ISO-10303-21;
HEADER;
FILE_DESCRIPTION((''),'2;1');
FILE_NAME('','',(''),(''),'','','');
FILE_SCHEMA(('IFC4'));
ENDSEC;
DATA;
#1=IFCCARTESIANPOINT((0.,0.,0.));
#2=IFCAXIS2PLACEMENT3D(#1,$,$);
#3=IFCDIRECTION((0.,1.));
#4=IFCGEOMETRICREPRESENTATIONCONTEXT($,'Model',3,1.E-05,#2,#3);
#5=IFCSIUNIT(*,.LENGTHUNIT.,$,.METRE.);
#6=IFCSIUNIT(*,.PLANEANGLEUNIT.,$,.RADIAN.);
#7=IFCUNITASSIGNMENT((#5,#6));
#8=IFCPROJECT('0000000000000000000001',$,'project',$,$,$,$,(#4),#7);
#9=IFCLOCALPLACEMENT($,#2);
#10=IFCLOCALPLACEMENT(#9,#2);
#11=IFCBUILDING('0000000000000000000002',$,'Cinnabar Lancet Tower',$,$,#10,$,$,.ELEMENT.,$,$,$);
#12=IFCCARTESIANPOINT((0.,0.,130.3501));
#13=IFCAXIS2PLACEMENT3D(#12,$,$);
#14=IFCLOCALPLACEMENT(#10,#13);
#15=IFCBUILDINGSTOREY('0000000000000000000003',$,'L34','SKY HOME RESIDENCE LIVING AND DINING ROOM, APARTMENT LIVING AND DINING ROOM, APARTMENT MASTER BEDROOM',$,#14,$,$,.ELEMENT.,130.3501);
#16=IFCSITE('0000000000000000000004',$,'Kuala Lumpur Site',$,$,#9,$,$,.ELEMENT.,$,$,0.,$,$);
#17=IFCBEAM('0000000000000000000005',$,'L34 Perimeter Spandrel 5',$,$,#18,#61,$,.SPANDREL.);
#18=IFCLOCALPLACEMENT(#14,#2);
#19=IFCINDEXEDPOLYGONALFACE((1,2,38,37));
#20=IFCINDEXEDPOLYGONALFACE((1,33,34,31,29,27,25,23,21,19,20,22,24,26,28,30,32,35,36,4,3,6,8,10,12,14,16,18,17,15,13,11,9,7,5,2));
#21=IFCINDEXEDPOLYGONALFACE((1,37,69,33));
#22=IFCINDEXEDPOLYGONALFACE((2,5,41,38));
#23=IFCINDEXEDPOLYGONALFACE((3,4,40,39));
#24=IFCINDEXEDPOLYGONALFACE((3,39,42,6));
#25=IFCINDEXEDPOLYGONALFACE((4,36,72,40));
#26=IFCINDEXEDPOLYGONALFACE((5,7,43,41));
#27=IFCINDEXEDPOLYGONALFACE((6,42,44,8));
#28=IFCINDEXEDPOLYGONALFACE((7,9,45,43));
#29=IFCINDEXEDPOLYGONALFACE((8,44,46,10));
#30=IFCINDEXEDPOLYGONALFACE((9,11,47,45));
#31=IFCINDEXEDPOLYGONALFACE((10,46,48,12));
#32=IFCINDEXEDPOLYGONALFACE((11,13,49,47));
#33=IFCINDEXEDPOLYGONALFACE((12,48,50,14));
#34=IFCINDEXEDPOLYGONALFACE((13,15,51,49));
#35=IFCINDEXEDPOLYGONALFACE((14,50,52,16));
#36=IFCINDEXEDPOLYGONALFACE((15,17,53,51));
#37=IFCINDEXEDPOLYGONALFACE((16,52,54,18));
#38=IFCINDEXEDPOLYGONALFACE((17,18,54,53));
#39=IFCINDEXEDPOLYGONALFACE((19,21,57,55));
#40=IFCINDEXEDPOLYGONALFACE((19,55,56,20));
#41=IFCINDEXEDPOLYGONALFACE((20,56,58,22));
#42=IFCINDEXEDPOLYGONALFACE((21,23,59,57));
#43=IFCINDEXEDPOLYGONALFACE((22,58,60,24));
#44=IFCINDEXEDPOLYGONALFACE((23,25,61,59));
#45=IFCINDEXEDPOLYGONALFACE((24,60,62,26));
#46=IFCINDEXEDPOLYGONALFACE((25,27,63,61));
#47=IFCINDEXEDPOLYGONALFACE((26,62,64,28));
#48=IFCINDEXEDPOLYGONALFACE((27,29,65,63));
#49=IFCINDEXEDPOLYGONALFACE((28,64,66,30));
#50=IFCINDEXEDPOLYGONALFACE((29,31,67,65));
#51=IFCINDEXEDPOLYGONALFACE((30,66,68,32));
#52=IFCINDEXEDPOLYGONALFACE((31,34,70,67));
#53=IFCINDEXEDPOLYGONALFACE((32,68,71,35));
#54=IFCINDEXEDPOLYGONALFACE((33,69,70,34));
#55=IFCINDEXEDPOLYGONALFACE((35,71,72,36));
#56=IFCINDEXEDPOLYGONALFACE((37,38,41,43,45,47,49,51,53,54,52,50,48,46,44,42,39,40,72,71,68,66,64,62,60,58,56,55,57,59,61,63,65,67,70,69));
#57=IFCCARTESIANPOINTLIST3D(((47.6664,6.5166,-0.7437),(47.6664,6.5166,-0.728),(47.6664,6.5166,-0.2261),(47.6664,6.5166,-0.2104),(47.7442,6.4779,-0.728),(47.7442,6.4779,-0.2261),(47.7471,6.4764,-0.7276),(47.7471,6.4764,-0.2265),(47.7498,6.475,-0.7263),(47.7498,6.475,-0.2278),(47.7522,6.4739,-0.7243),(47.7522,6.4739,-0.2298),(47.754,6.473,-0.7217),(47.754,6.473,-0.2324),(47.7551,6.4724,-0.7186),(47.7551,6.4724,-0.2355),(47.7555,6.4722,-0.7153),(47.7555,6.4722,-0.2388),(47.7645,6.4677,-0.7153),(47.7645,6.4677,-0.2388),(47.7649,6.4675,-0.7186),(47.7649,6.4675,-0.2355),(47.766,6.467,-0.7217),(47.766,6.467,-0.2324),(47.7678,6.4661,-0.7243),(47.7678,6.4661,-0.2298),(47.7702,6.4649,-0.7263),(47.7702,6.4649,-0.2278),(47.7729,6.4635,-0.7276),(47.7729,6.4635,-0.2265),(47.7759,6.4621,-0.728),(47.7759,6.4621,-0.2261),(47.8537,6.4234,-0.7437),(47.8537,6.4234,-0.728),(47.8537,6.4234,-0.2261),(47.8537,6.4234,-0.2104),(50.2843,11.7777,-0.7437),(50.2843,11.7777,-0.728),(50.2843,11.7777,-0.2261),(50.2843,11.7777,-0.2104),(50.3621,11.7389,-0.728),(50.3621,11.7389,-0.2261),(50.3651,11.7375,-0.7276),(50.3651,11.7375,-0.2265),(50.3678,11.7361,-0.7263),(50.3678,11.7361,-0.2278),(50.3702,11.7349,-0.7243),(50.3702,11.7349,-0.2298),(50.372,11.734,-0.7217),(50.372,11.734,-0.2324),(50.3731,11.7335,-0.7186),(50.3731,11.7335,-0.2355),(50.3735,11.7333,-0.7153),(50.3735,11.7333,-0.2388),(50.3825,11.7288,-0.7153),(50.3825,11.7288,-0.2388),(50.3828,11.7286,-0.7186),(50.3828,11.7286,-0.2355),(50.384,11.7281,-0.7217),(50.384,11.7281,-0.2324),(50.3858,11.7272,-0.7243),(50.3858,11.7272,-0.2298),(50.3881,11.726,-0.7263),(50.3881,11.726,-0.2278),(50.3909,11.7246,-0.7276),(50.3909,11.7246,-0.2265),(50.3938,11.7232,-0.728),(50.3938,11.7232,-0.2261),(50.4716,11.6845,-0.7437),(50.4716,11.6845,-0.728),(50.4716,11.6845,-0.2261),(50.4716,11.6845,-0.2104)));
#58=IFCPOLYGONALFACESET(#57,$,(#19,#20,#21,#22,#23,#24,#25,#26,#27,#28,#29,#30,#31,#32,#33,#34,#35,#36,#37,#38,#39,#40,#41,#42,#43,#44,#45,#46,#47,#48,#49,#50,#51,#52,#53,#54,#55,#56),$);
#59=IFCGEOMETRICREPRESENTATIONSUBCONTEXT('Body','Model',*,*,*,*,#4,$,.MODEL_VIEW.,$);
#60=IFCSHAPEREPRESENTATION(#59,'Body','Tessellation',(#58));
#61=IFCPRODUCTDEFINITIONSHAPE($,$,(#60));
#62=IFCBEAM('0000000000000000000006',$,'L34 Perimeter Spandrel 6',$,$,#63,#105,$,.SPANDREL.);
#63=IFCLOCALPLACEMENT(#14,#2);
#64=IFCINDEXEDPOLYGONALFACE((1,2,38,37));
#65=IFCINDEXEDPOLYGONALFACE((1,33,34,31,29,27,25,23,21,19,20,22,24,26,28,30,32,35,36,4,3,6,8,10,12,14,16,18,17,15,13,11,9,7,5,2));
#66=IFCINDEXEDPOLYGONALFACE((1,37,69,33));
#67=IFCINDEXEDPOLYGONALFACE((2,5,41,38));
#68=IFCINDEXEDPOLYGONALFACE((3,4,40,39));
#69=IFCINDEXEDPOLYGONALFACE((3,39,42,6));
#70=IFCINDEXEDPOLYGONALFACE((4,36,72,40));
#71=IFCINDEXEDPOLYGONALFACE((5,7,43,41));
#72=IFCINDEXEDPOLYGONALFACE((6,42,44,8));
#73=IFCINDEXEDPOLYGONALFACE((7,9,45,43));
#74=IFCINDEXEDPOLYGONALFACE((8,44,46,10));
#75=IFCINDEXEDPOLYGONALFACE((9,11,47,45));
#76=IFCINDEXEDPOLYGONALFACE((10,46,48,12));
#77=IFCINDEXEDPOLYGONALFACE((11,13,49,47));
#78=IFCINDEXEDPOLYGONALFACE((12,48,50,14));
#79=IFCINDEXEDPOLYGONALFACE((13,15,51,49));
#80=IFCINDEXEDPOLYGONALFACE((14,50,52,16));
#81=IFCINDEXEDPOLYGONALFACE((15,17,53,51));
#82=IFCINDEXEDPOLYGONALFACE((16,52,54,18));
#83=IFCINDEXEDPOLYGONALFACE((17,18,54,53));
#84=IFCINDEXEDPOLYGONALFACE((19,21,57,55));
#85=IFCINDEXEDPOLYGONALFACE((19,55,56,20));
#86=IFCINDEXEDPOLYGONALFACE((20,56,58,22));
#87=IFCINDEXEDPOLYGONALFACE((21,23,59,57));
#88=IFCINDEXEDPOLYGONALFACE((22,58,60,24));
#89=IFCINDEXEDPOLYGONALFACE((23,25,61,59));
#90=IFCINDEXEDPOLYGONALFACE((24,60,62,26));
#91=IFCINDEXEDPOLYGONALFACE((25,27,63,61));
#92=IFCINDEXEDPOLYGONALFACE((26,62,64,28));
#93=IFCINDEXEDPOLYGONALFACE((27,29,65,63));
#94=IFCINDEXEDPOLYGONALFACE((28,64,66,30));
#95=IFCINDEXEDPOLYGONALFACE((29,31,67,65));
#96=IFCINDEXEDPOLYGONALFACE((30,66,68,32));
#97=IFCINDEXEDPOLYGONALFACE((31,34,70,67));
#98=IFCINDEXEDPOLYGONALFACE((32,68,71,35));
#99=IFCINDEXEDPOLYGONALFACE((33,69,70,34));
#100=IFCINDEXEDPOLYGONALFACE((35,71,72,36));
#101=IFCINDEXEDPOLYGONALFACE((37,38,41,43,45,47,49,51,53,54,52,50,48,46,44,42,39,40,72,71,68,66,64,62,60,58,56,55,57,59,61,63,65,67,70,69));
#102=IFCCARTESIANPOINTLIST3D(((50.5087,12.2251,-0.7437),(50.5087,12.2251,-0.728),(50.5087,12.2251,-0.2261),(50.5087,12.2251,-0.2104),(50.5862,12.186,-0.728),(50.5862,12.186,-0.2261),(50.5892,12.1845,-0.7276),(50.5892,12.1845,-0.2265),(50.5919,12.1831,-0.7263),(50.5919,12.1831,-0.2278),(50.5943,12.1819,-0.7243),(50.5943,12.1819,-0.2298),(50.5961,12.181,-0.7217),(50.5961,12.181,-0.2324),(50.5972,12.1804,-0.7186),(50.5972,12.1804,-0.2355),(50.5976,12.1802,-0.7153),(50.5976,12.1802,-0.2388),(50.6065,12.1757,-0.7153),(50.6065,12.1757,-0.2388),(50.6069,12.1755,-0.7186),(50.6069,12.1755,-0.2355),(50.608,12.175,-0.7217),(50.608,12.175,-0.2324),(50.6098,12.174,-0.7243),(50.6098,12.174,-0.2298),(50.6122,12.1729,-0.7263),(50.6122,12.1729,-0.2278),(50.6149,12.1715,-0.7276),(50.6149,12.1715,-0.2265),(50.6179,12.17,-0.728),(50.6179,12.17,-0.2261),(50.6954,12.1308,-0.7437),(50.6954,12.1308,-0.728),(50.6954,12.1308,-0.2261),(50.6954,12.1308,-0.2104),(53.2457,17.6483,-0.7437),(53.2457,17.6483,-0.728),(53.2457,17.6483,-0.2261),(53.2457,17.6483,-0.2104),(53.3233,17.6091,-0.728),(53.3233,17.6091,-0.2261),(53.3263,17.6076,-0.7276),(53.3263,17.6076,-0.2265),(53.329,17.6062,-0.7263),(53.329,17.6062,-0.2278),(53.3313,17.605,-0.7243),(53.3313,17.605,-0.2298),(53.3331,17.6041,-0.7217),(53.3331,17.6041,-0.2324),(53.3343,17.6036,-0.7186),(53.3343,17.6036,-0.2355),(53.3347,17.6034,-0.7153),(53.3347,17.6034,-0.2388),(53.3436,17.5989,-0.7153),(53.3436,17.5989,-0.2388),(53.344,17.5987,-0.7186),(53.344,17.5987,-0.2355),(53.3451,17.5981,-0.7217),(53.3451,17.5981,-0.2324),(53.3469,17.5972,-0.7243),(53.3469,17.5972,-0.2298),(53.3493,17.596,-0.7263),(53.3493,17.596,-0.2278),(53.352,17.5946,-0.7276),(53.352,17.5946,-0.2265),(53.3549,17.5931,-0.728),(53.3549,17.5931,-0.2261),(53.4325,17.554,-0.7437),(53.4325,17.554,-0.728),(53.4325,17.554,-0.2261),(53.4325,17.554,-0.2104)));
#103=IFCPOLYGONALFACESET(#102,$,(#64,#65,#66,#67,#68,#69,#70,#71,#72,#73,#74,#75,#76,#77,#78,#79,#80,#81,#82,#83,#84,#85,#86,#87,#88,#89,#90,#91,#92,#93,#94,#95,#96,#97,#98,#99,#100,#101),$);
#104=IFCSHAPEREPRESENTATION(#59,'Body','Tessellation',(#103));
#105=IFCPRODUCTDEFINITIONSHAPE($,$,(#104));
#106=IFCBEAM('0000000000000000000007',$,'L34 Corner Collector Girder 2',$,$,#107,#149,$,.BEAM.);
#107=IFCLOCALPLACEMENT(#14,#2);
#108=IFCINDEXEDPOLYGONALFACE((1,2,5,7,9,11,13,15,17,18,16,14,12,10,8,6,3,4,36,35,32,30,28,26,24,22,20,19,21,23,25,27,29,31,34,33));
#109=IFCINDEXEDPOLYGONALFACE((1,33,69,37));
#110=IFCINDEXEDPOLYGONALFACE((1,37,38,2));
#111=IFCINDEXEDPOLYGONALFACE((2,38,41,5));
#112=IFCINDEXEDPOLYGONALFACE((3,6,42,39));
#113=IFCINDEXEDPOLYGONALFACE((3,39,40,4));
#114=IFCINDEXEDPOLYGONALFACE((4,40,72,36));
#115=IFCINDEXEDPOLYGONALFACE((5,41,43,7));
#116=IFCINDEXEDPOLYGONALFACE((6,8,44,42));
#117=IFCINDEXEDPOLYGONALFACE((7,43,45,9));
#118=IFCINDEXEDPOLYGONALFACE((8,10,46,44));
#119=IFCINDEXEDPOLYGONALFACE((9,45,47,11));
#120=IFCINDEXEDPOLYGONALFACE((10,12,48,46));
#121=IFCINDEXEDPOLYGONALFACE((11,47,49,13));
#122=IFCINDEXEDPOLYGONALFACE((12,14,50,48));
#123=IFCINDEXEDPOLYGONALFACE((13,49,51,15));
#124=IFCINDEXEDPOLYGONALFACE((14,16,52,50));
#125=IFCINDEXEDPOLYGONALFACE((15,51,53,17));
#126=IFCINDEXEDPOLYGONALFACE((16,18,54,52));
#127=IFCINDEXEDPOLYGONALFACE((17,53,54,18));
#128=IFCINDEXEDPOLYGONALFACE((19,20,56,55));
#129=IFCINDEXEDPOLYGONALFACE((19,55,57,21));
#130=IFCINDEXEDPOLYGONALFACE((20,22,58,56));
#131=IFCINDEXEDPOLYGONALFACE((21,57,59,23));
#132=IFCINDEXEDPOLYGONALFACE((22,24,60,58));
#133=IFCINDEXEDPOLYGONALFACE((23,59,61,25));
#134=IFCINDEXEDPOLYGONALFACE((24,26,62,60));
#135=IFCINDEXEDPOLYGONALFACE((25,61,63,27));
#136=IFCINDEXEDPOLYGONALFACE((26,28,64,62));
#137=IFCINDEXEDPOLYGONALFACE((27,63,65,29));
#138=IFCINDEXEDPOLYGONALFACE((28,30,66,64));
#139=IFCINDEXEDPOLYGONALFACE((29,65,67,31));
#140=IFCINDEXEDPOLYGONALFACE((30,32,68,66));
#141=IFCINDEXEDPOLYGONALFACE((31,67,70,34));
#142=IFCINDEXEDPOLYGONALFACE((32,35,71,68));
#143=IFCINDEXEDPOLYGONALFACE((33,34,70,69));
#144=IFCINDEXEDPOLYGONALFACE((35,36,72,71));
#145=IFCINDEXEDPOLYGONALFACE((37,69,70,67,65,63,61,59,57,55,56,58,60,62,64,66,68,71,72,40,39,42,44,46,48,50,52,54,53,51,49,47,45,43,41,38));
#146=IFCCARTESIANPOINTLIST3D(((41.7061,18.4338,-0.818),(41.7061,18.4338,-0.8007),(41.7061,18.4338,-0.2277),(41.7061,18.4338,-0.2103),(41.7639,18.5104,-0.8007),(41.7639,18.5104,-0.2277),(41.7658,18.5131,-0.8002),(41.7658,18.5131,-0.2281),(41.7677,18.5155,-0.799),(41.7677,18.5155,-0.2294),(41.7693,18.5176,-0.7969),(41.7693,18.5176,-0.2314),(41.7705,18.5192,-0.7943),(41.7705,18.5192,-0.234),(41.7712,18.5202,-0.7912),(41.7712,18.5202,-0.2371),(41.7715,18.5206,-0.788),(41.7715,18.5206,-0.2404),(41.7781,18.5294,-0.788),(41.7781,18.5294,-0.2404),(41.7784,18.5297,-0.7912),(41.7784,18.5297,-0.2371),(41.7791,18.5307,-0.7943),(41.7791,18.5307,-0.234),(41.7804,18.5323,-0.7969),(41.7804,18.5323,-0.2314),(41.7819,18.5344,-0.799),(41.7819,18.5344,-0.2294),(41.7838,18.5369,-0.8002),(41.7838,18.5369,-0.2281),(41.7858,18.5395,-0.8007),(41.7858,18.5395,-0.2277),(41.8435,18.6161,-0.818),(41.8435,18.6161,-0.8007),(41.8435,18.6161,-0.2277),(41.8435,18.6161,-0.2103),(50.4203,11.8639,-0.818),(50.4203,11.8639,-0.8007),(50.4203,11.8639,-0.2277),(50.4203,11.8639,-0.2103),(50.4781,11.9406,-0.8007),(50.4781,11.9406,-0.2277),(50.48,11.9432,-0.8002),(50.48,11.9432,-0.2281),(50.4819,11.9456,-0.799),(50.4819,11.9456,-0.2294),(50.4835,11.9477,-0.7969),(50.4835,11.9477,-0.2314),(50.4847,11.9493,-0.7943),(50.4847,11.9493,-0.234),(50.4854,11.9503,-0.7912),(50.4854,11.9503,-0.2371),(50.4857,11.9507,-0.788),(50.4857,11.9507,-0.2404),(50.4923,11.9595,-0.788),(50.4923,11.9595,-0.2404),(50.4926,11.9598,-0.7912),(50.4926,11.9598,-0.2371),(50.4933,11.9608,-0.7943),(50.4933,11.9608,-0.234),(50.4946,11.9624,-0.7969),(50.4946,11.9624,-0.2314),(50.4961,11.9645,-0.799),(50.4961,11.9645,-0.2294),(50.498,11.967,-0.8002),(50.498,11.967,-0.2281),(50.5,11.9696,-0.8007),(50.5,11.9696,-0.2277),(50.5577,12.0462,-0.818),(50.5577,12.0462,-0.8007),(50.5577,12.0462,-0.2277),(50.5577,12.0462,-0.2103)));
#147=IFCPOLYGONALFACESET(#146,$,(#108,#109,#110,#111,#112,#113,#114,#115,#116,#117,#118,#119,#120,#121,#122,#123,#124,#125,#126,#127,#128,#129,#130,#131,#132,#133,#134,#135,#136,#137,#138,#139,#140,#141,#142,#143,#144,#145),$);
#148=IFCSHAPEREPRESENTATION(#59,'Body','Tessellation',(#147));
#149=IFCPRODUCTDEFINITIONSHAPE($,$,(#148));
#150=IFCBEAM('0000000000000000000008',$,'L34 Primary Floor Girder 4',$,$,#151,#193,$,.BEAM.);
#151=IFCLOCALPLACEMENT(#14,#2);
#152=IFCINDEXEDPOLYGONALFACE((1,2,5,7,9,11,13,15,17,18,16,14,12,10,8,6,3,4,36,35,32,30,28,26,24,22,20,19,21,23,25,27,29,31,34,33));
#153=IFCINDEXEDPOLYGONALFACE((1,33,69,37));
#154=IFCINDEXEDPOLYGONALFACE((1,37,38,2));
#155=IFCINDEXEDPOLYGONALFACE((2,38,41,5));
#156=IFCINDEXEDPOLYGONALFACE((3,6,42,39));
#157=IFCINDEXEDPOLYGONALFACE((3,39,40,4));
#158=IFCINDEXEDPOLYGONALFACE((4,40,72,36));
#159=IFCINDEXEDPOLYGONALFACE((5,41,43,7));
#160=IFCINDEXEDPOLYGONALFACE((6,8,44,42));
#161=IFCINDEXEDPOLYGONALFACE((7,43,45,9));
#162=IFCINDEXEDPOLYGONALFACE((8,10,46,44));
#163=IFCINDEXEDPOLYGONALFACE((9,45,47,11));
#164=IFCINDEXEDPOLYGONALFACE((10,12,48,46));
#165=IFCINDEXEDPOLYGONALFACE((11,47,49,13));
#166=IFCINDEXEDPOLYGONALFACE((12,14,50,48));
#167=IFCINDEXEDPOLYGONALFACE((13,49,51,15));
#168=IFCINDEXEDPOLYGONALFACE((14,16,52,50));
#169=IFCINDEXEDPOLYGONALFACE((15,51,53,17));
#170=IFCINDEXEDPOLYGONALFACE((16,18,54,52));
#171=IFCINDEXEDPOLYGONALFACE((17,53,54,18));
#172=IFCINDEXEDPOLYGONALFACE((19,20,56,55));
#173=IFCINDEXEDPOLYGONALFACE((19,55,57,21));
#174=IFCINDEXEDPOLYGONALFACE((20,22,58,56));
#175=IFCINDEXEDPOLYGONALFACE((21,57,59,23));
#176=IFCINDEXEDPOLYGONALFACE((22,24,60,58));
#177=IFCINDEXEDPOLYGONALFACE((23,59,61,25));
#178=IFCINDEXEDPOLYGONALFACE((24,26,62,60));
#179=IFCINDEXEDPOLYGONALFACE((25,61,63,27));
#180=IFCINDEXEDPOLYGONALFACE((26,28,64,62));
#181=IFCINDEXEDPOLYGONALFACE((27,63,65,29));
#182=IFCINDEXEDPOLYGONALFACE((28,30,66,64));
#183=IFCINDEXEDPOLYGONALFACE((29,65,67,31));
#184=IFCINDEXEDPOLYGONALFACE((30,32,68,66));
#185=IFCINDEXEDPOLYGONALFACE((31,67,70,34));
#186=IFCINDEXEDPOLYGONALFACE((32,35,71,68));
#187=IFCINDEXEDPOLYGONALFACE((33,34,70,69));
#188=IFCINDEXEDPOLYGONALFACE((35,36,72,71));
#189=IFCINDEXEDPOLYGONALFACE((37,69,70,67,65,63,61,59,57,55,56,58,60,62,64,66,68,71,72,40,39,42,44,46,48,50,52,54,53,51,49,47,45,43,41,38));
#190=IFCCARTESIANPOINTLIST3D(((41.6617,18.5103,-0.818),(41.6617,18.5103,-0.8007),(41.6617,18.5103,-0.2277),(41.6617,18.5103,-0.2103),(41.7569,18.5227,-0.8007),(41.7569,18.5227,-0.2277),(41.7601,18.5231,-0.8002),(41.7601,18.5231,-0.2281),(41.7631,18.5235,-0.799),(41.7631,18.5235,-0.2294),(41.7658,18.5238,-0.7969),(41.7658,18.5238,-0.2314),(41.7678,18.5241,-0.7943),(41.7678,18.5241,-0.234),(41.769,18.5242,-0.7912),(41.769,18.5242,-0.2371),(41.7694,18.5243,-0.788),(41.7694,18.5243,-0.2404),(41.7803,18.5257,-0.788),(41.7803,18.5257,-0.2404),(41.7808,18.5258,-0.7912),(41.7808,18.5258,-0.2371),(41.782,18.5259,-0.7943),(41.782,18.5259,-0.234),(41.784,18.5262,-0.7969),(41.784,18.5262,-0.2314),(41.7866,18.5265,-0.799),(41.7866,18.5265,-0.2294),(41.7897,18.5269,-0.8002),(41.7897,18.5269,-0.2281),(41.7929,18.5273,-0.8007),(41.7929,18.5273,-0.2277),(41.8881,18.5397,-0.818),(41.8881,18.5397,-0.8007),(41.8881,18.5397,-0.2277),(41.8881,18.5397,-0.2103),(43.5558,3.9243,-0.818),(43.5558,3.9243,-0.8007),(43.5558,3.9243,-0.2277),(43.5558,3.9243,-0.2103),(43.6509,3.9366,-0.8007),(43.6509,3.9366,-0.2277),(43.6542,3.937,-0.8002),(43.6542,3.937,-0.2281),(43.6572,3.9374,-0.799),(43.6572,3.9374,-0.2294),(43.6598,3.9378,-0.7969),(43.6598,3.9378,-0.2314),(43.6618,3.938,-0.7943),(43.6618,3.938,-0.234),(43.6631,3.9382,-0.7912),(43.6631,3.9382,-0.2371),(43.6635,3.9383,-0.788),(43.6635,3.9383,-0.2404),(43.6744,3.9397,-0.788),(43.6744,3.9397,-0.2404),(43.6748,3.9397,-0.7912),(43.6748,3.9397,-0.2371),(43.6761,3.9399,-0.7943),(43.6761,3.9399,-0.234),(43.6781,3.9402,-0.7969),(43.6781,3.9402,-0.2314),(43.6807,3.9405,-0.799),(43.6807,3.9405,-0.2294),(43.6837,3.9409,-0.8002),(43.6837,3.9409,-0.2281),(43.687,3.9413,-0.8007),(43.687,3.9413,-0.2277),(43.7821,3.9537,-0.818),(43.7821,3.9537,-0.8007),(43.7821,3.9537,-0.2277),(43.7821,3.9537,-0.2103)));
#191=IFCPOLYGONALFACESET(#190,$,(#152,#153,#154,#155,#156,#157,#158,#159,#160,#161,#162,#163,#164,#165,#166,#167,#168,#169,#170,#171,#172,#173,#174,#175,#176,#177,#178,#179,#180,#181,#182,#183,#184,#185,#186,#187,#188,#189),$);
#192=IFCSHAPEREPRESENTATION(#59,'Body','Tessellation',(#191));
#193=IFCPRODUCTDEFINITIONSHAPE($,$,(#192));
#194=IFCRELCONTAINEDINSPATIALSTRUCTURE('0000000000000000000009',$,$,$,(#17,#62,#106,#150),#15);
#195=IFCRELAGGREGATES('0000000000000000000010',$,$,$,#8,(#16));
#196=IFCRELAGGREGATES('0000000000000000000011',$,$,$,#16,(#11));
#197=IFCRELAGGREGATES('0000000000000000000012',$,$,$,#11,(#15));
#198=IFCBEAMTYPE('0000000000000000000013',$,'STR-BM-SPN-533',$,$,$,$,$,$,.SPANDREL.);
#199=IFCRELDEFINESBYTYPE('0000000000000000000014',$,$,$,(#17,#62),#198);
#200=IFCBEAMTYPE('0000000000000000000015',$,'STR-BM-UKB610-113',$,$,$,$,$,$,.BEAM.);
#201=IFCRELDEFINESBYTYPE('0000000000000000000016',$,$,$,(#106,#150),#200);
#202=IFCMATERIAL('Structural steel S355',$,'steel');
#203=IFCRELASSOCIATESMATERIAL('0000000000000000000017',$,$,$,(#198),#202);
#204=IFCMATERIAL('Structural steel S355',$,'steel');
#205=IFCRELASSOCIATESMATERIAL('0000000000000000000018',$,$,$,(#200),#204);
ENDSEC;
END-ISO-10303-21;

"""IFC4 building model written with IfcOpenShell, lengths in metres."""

from ifc_helpers import new_model, si_unit, direction, frame, origin, origin_2d, place, context, subcontext, project, spatial, i_section, extrude, material, material_profile, profile_set, type_object, element, save


model = new_model("IFC4")

# Units and contexts
model_context = context("Model", 3, precision=1e-05, world=origin(), true_north=direction((0.0, 1.0)))
body_context = subcontext(model_context, "Body", "Model", "MODEL_VIEW")
ifc_project = project(units=[si_unit("LENGTHUNIT", "METRE"), si_unit("PLANEANGLEUNIT", "RADIAN")], contexts=[model_context])

# Site, building, storey
site_placement = place(None, origin())
site = spatial("IfcSite", under=ifc_project, at=site_placement, Name="Kuala Lumpur Site", CompositionType="ELEMENT", RefElevation=0.0)
building_placement = place(site_placement, origin())
building = spatial("IfcBuilding", under=site, at=building_placement, Name="Cinnabar Lancet Tower", CompositionType="ELEMENT")
storey_placement = place(building_placement, frame((0.0, 0.0, 130.3501)))
storey = spatial("IfcBuildingStorey", under=building, at=storey_placement, Name="L34", Description="SKY HOME RESIDENCE LIVING AND DINING ROOM, APARTMENT LIVING AND DINING ROOM, APARTMENT MASTER BEDROOM", CompositionType="ELEMENT", Elevation=130.3501)

# Beams
ifc_material_1 = material(Name="Structural steel S355", Category="steel")
ifc_material_profile_1 = material_profile(ifc_material_1, i_section(OverallWidth=0.2092, OverallDepth=0.5332, WebThickness=0.01, FlangeThickness=0.0156, FilletRadius=0.0127, at=origin_2d()), Name="UKB 533x210x92")
ifc_profile_set_1 = profile_set([ifc_material_profile_1], Name="Structural steel S355")
beam_type_1 = type_object("IfcBeamType", Name="STR-BM-SPN-533", PredefinedType="SPANDREL", material=ifc_profile_set_1)
beam_1_placement = place(storey_placement, frame((47.76, 6.47, -0.4771), z_axis=(0.445501, 0.895281, 0.0), x_axis=(-0.895281, 0.445501, 0.0)))
element("IfcBeam", 1, at=beam_1_placement, inside=storey, type_object=beam_type_1, Name="L34 Perimeter Spandrel 5", PredefinedType="SPANDREL", context=body_context, shape_type="SweptSolid", body=[
    extrude(i_section(OverallWidth=0.2092, OverallDepth=0.5332, WebThickness=0.01, FlangeThickness=0.0156, FilletRadius=0.0127, at=origin_2d()), origin(), (0.0, 0.0, 1.0), 5.8765),
])
beam_2_placement = place(storey_placement, frame((50.6021, 12.178, -0.4771), z_axis=(0.45057, 0.892741, 0.0), x_axis=(-0.892741, 0.45057, 0.0)))
element("IfcBeam", 2, at=beam_2_placement, inside=storey, type_object=beam_type_1, Name="L34 Perimeter Spandrel 6", PredefinedType="SPANDREL", context=body_context, shape_type="SweptSolid", body=[
    extrude(i_section(OverallWidth=0.2092, OverallDepth=0.5332, WebThickness=0.01, FlangeThickness=0.0156, FilletRadius=0.0127, at=origin_2d()), origin(), (0.0, 0.0, 1.0), 6.0747),
])
ifc_material_2 = material(Name="Structural steel S355", Category="steel")
ifc_material_profile_2 = material_profile(ifc_material_2, i_section(OverallWidth=0.2283, OverallDepth=0.6077, WebThickness=0.011, FlangeThickness=0.0173, FilletRadius=0.0127, at=origin_2d()), Name="UKB 610x229x113")
ifc_profile_set_2 = profile_set([ifc_material_profile_2], Name="Structural steel S355")
beam_type_2 = type_object("IfcBeamType", Name="STR-BM-UKB610-113", PredefinedType="BEAM", material=ifc_profile_set_2)
beam_3_placement = place(storey_placement, frame((50.489, 11.9551, -0.5142), z_axis=(-0.798491, 0.602006, 0.0), x_axis=(-0.602006, -0.798491, 0.0)))
element("IfcBeam", 3, at=beam_3_placement, inside=storey, type_object=beam_type_2, Name="L34 Corner Collector Girder 2", PredefinedType="BEAM", context=body_context, shape_type="SweptSolid", body=[
    extrude(i_section(OverallWidth=0.2283, OverallDepth=0.6077, WebThickness=0.011, FlangeThickness=0.0173, FilletRadius=0.0127, at=origin_2d()), origin(), (0.0, 0.0, 1.0), 10.9133),
])
beam_4_placement = place(storey_placement, frame((43.6689, 3.939, -0.5142), z_axis=(-0.128773, 0.991674, 0.0), x_axis=(-0.991674, -0.128773, 0.0)))
element("IfcBeam", 4, at=beam_4_placement, inside=storey, type_object=beam_type_2, Name="L34 Primary Floor Girder 4", PredefinedType="BEAM", context=body_context, shape_type="SweptSolid", body=[
    extrude(i_section(OverallWidth=0.2283, OverallDepth=0.6077, WebThickness=0.011, FlangeThickness=0.0173, FilletRadius=0.0127, at=origin_2d()), origin(), (0.0, 0.0, 1.0), 14.7085),
])

save(model, "model.ifc")
